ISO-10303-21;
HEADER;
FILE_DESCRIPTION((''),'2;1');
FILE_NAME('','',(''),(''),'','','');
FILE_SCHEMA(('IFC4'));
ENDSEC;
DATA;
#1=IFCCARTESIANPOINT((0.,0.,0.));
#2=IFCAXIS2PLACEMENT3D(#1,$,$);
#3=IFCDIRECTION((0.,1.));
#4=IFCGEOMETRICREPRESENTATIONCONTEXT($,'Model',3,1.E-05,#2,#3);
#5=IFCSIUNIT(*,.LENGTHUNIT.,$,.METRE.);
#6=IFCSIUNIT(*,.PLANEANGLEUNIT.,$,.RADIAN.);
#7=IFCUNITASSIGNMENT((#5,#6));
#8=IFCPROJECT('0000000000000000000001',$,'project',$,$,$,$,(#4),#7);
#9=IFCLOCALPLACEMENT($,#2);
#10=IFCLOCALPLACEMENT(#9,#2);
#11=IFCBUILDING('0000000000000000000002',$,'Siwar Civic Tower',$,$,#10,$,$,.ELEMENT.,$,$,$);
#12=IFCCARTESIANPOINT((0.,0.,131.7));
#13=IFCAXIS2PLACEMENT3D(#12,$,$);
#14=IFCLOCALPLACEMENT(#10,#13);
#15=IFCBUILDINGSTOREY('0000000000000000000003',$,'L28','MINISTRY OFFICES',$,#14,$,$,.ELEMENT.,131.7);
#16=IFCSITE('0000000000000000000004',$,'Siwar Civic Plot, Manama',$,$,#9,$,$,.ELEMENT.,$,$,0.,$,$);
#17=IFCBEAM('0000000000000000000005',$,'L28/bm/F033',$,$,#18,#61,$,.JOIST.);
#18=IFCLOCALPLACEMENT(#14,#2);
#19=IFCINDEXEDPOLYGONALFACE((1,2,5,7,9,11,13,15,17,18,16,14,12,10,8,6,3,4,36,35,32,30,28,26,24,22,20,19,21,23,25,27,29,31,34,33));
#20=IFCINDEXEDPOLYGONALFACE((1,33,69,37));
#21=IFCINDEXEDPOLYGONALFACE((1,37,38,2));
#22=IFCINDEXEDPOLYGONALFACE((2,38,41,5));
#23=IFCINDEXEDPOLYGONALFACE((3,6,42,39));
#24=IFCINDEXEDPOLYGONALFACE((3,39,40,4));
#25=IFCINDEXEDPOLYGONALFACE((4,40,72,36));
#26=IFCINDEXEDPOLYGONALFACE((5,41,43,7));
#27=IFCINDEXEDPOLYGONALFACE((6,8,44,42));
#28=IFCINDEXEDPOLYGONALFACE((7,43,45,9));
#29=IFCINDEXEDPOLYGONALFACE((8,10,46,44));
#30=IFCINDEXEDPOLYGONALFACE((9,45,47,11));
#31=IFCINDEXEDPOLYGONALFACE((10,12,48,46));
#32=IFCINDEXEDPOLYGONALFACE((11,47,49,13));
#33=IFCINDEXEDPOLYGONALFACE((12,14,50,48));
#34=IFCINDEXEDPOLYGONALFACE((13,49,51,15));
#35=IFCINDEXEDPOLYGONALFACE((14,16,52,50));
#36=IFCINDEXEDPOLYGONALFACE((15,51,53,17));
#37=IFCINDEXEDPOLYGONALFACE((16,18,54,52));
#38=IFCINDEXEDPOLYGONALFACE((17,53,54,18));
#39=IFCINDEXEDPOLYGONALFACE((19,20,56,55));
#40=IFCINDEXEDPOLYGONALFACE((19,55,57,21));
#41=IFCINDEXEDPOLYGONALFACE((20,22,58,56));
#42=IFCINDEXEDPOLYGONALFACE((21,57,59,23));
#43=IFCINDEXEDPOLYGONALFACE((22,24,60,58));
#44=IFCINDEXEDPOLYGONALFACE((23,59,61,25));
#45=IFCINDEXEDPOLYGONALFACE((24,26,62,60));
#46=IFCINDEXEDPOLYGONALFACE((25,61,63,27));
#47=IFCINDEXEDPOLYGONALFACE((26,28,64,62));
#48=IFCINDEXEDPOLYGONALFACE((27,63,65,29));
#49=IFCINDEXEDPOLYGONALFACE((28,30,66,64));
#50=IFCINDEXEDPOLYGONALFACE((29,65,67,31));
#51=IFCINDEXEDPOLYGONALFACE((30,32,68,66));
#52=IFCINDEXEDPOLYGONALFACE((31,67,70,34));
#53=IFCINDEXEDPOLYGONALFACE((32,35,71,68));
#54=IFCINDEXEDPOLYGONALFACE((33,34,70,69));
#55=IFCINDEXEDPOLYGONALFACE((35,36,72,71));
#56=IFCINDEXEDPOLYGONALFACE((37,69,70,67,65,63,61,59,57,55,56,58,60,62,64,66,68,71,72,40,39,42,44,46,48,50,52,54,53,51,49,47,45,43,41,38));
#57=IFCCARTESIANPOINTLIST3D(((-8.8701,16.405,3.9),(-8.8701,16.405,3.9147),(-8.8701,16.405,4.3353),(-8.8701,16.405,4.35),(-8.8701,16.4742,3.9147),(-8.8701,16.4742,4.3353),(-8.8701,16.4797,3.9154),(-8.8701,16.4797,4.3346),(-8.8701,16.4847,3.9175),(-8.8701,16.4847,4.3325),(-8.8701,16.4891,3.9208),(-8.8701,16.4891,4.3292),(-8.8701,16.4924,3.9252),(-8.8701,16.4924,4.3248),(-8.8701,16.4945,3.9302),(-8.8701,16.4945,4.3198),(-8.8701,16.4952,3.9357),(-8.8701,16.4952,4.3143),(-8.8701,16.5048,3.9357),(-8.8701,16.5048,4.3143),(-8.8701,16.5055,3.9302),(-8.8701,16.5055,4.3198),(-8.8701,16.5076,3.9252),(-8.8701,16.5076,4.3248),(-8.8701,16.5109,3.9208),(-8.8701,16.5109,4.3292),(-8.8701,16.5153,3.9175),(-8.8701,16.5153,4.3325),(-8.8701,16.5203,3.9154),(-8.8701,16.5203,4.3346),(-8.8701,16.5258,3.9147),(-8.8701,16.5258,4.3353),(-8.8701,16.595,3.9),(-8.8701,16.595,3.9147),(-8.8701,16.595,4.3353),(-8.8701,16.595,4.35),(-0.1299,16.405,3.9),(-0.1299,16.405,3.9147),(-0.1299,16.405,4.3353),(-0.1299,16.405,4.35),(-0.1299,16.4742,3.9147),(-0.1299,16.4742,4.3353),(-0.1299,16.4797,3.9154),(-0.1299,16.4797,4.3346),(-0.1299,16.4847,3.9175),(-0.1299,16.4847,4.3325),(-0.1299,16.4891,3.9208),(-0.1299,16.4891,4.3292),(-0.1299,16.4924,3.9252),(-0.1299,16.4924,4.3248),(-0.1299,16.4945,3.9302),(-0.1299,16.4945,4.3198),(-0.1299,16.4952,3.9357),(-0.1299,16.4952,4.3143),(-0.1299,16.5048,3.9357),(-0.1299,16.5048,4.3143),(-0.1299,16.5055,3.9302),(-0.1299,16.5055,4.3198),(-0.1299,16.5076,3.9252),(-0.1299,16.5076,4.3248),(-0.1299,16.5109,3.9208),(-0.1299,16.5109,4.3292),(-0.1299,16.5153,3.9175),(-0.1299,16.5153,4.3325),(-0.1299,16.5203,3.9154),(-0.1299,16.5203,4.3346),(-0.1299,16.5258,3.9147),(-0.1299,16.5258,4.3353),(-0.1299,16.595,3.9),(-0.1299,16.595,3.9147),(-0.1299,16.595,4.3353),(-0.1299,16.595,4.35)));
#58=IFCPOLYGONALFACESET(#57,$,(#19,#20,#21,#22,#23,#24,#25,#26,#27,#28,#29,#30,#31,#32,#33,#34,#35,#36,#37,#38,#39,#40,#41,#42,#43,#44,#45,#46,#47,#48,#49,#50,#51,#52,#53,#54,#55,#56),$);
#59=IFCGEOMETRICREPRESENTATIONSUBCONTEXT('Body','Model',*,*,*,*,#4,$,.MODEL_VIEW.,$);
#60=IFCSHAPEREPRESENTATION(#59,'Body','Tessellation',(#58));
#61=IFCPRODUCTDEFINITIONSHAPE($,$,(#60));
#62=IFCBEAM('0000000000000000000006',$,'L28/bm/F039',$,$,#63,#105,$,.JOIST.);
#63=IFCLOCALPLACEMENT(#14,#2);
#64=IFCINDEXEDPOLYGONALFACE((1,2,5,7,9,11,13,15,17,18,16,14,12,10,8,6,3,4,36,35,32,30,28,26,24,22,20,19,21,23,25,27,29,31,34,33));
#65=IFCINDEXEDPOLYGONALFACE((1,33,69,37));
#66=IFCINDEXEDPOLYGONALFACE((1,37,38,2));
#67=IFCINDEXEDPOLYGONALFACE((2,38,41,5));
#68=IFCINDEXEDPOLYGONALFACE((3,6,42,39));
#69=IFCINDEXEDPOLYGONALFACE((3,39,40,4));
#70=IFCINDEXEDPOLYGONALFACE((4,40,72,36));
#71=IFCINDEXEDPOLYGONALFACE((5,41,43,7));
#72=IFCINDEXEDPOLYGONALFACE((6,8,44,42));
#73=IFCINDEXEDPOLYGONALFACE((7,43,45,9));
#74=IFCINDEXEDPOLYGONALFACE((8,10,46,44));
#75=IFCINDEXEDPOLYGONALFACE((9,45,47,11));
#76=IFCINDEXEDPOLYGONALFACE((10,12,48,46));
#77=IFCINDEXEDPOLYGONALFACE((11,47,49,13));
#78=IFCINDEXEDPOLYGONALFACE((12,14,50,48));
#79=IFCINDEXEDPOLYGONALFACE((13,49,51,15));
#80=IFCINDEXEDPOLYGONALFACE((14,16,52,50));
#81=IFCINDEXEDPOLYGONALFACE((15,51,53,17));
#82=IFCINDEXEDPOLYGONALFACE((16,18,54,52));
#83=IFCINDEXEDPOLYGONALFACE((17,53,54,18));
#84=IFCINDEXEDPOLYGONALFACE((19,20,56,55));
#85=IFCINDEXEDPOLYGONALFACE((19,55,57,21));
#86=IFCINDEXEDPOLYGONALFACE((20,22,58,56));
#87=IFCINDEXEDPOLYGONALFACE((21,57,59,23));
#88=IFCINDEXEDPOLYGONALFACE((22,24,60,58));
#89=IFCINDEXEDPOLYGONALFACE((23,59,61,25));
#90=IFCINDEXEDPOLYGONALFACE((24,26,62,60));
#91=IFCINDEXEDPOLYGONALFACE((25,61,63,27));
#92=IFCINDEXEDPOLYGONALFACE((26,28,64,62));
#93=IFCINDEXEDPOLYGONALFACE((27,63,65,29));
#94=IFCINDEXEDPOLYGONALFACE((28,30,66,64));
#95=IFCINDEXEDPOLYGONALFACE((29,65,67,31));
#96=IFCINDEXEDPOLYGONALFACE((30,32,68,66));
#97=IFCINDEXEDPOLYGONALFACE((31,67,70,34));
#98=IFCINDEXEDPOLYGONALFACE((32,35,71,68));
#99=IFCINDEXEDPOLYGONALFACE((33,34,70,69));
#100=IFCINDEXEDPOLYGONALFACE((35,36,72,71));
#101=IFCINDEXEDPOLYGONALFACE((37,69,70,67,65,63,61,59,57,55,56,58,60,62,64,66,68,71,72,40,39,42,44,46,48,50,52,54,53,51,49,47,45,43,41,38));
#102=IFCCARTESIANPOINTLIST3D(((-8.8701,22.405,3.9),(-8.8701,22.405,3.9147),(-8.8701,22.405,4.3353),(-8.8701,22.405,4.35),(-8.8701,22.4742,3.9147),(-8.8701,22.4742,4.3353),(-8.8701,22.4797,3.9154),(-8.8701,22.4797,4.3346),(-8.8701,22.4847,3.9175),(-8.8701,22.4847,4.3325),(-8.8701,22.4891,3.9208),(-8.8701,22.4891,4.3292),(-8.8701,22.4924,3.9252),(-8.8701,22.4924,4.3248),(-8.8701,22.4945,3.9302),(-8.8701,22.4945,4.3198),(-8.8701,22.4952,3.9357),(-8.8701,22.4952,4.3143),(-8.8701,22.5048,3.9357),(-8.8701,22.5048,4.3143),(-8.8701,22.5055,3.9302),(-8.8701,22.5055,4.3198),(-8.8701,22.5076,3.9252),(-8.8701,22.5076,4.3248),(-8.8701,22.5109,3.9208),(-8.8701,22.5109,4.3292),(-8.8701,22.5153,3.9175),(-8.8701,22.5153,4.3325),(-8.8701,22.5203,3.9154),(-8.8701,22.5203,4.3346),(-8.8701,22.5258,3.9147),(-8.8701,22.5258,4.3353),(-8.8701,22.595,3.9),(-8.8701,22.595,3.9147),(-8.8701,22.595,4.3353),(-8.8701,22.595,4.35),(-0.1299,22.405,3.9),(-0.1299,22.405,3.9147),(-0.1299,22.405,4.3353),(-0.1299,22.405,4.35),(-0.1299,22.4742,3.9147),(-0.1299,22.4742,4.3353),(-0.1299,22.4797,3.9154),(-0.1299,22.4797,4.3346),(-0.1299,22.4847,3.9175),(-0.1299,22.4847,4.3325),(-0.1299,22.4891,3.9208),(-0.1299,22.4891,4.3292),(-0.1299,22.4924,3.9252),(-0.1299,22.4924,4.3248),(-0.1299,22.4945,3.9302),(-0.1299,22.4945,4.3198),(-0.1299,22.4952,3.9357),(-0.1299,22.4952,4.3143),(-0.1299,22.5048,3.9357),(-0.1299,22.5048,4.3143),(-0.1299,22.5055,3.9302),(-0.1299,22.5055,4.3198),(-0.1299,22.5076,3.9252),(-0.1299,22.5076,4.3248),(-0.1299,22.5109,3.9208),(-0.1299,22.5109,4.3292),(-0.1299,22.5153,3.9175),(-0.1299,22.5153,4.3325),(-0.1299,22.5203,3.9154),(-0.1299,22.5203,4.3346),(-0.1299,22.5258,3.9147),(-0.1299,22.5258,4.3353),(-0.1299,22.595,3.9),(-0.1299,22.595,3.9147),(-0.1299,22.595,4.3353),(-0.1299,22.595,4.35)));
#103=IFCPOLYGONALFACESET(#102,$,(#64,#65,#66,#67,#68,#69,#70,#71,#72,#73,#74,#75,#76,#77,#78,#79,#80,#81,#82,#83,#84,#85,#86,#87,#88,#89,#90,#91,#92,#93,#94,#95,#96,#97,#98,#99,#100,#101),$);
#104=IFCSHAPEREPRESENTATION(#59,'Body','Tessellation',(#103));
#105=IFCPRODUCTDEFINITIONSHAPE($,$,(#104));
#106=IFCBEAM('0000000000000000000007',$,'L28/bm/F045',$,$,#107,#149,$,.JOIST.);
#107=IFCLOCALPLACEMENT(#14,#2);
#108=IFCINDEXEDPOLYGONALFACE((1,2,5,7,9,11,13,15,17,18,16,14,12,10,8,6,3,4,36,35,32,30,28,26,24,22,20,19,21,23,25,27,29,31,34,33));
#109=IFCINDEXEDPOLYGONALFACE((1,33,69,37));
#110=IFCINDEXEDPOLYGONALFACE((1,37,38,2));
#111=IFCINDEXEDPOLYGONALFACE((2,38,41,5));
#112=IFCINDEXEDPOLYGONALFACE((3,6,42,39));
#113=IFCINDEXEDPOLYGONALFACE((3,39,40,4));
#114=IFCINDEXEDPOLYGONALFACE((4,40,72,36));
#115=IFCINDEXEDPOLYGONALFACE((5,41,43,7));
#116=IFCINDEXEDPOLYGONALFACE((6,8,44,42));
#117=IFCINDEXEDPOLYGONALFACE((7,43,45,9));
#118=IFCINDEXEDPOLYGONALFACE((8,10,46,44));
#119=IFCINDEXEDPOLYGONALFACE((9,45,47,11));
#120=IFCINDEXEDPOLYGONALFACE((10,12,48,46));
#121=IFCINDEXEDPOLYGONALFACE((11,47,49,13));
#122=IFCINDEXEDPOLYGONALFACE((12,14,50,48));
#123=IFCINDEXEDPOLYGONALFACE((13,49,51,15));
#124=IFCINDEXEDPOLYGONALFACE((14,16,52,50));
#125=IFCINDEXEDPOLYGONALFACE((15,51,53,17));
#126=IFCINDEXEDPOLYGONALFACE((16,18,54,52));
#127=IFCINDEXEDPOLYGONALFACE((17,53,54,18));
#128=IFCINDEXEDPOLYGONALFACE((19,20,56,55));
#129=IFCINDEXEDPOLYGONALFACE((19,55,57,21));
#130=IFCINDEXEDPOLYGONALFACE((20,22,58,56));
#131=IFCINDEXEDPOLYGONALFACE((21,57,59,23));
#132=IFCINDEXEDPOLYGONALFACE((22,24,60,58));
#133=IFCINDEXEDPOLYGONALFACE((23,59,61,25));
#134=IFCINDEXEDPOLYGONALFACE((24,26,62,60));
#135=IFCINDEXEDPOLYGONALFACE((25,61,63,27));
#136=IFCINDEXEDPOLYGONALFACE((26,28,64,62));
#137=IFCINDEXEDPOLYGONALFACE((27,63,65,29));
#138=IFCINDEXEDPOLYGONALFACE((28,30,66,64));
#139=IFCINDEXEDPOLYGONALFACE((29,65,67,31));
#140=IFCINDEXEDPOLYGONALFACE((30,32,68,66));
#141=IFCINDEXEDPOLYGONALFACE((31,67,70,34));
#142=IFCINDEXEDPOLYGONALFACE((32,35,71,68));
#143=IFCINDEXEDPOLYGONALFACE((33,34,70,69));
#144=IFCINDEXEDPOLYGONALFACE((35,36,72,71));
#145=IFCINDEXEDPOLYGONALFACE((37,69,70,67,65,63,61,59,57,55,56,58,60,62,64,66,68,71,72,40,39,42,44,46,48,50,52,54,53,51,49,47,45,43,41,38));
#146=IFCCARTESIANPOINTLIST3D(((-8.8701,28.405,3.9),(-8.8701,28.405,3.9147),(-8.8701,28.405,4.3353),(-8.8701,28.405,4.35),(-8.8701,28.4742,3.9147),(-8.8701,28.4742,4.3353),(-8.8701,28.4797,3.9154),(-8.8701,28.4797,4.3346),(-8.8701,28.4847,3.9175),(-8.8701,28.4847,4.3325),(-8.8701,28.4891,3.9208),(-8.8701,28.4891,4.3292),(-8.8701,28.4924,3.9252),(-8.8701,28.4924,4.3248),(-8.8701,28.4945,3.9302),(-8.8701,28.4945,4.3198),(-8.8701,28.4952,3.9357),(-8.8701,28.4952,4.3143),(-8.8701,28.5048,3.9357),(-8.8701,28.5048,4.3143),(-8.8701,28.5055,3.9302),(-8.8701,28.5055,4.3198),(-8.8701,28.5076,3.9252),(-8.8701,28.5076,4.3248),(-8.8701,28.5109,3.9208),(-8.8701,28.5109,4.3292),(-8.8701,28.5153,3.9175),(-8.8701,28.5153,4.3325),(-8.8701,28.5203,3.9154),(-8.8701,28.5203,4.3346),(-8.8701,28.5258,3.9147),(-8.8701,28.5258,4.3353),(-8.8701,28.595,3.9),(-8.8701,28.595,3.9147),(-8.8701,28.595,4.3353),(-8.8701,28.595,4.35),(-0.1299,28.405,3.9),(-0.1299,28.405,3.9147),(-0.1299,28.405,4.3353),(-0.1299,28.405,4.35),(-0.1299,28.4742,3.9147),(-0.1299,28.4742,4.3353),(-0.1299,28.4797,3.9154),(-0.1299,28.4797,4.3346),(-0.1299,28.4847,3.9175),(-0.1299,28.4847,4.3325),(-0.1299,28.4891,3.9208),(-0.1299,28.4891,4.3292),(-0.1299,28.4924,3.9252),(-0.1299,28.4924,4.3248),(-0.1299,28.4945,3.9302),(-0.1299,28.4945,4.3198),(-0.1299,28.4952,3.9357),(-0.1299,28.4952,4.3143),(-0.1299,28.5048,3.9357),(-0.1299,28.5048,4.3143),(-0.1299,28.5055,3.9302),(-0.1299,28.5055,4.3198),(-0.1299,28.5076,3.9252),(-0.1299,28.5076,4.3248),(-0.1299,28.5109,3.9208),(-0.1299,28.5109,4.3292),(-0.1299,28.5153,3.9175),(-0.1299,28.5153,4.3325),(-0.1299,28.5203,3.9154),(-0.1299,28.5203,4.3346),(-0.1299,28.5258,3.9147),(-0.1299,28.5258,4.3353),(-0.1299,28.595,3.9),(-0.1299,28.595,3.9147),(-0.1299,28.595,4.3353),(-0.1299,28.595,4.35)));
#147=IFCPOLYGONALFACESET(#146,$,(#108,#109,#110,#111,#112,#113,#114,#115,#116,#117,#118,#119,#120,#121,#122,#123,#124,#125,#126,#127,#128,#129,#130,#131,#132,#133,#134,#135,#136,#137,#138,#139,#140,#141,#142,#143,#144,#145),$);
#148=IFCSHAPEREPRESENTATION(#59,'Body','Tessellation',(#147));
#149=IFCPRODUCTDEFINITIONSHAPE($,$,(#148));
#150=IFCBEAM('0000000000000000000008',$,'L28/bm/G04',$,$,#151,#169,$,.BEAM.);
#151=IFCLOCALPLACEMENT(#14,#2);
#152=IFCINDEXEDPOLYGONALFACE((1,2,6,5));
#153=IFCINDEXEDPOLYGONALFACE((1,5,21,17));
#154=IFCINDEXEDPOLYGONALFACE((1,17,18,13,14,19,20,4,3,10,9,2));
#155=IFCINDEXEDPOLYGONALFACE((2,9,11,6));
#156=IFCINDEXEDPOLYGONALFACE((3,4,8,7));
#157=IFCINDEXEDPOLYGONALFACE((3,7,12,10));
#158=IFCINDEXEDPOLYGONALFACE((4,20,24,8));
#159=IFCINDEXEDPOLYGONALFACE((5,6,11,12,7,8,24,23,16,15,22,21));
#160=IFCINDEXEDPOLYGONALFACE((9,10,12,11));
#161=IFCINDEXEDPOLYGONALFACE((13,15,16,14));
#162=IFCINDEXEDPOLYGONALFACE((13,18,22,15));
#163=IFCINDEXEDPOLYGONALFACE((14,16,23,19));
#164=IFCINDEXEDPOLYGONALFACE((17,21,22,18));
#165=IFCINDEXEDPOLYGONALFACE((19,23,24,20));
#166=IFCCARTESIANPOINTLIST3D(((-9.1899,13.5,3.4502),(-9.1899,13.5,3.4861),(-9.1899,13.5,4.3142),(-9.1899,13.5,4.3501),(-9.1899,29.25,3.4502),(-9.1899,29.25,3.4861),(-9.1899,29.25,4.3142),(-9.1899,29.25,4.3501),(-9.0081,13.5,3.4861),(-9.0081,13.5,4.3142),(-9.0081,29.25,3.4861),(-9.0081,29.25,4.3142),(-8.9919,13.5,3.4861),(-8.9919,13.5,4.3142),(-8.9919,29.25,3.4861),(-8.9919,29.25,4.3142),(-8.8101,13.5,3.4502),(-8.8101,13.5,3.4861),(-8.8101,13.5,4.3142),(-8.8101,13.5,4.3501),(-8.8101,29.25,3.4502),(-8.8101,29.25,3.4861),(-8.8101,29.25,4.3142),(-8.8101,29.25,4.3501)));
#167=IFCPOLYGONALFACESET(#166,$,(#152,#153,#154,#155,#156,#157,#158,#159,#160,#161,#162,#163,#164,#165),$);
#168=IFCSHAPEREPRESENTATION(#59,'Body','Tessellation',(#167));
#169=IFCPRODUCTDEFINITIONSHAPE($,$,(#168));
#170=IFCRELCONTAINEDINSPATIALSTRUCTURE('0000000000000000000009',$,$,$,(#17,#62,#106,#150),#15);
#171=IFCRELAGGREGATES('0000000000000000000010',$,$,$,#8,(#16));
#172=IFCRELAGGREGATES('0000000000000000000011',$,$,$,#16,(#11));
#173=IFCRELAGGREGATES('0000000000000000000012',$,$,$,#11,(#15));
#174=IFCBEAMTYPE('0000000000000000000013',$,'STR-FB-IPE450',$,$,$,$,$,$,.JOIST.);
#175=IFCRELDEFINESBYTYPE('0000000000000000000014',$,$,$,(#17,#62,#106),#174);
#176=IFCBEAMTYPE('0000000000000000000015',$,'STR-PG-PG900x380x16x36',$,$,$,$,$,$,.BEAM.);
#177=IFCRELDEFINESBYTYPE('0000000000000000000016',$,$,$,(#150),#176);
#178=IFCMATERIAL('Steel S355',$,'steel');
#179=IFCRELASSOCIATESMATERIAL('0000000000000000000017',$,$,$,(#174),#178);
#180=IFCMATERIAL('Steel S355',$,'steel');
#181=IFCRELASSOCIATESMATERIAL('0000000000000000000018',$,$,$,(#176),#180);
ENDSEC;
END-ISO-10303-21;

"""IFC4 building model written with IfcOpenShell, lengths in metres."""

from ifc_helpers import new_model, si_unit, direction, frame, origin, origin_2d, place, context, subcontext, project, spatial, i_section, extrude, material, material_profile, profile_set, type_object, element, save


model = new_model("IFC4")

# Units and contexts
model_context = context("Model", 3, precision=1e-05, world=origin(), true_north=direction((0.0, 1.0)))
body_context = subcontext(model_context, "Body", "Model", "MODEL_VIEW")
ifc_project = project(units=[si_unit("LENGTHUNIT", "METRE"), si_unit("PLANEANGLEUNIT", "RADIAN")], contexts=[model_context])

# Site, building, storey
site_placement = place(None, origin())
site = spatial("IfcSite", under=ifc_project, at=site_placement, Name="Siwar Civic Plot, Manama", CompositionType="ELEMENT", RefElevation=0.0)
building_placement = place(site_placement, origin())
building = spatial("IfcBuilding", under=site, at=building_placement, Name="Siwar Civic Tower", CompositionType="ELEMENT")
storey_placement = place(building_placement, frame((0.0, 0.0, 131.7)))
storey = spatial("IfcBuildingStorey", under=building, at=storey_placement, Name="L28", Description="MINISTRY OFFICES", CompositionType="ELEMENT", Elevation=131.7)

# Beams
ifc_material_1 = material(Name="Steel S355", Category="steel")
ifc_material_profile_1 = material_profile(ifc_material_1, i_section(OverallWidth=0.1899, OverallDepth=0.45, WebThickness=0.0095, FlangeThickness=0.0146, FilletRadius=0.021, at=origin_2d()), Name="IPE450")
ifc_profile_set_1 = profile_set([ifc_material_profile_1], Name="Steel S355")
beam_type_1 = type_object("IfcBeamType", Name="STR-FB-IPE450", PredefinedType="JOIST", material=ifc_profile_set_1)
for number, where, z_axis, x_axis, name in (
    (1, (-8.8701, 16.5, 4.125), (1.0, 0.0, 0.0), (0.0, 1.0, 0.0), "L28/bm/F033"),
    (2, (-8.8701, 22.5, 4.125), (1.0, 0.0, 0.0), (0.0, 1.0, 0.0), "L28/bm/F039"),
    (3, (-8.8701, 28.5, 4.125), (1.0, 0.0, 0.0), (0.0, 1.0, 0.0), "L28/bm/F045"),
):
    element("IfcBeam", number, at=place(storey_placement, frame(where, z_axis=z_axis, x_axis=x_axis)), inside=storey, type_object=beam_type_1, Name=name, PredefinedType="JOIST", context=body_context, shape_type="SweptSolid", body=[
        extrude(i_section(OverallWidth=0.1899, OverallDepth=0.45, WebThickness=0.0095, FlangeThickness=0.0146, FilletRadius=0.021, at=origin_2d()), origin(), (0.0, 0.0, 1.0), 8.7402),
    ])
ifc_material_2 = material(Name="Steel S355", Category="steel")
ifc_material_profile_2 = material_profile(ifc_material_2, i_section(OverallWidth=0.3799, OverallDepth=0.8999, WebThickness=0.0161, FlangeThickness=0.0359, at=origin_2d()), Name="PG900x380x16x36")
ifc_profile_set_2 = profile_set([ifc_material_profile_2], Name="Steel S355")
beam_type_2 = type_object("IfcBeamType", Name="STR-PG-PG900x380x16x36", PredefinedType="BEAM", material=ifc_profile_set_2)
beam_1_placement = place(storey_placement, frame((-9.0, 13.5, 3.9001), z_axis=(0.0, 1.0, 0.0), x_axis=(-1.0, 0.0, 0.0)))
element("IfcBeam", 4, at=beam_1_placement, inside=storey, type_object=beam_type_2, Name="L28/bm/G04", PredefinedType="BEAM", context=body_context, shape_type="SweptSolid", body=[
    extrude(i_section(OverallWidth=0.3799, OverallDepth=0.8999, WebThickness=0.0161, FlangeThickness=0.0359, at=origin_2d()), origin(), (0.0, 0.0, 1.0), 15.75),
])

save(model, "model.ifc")
